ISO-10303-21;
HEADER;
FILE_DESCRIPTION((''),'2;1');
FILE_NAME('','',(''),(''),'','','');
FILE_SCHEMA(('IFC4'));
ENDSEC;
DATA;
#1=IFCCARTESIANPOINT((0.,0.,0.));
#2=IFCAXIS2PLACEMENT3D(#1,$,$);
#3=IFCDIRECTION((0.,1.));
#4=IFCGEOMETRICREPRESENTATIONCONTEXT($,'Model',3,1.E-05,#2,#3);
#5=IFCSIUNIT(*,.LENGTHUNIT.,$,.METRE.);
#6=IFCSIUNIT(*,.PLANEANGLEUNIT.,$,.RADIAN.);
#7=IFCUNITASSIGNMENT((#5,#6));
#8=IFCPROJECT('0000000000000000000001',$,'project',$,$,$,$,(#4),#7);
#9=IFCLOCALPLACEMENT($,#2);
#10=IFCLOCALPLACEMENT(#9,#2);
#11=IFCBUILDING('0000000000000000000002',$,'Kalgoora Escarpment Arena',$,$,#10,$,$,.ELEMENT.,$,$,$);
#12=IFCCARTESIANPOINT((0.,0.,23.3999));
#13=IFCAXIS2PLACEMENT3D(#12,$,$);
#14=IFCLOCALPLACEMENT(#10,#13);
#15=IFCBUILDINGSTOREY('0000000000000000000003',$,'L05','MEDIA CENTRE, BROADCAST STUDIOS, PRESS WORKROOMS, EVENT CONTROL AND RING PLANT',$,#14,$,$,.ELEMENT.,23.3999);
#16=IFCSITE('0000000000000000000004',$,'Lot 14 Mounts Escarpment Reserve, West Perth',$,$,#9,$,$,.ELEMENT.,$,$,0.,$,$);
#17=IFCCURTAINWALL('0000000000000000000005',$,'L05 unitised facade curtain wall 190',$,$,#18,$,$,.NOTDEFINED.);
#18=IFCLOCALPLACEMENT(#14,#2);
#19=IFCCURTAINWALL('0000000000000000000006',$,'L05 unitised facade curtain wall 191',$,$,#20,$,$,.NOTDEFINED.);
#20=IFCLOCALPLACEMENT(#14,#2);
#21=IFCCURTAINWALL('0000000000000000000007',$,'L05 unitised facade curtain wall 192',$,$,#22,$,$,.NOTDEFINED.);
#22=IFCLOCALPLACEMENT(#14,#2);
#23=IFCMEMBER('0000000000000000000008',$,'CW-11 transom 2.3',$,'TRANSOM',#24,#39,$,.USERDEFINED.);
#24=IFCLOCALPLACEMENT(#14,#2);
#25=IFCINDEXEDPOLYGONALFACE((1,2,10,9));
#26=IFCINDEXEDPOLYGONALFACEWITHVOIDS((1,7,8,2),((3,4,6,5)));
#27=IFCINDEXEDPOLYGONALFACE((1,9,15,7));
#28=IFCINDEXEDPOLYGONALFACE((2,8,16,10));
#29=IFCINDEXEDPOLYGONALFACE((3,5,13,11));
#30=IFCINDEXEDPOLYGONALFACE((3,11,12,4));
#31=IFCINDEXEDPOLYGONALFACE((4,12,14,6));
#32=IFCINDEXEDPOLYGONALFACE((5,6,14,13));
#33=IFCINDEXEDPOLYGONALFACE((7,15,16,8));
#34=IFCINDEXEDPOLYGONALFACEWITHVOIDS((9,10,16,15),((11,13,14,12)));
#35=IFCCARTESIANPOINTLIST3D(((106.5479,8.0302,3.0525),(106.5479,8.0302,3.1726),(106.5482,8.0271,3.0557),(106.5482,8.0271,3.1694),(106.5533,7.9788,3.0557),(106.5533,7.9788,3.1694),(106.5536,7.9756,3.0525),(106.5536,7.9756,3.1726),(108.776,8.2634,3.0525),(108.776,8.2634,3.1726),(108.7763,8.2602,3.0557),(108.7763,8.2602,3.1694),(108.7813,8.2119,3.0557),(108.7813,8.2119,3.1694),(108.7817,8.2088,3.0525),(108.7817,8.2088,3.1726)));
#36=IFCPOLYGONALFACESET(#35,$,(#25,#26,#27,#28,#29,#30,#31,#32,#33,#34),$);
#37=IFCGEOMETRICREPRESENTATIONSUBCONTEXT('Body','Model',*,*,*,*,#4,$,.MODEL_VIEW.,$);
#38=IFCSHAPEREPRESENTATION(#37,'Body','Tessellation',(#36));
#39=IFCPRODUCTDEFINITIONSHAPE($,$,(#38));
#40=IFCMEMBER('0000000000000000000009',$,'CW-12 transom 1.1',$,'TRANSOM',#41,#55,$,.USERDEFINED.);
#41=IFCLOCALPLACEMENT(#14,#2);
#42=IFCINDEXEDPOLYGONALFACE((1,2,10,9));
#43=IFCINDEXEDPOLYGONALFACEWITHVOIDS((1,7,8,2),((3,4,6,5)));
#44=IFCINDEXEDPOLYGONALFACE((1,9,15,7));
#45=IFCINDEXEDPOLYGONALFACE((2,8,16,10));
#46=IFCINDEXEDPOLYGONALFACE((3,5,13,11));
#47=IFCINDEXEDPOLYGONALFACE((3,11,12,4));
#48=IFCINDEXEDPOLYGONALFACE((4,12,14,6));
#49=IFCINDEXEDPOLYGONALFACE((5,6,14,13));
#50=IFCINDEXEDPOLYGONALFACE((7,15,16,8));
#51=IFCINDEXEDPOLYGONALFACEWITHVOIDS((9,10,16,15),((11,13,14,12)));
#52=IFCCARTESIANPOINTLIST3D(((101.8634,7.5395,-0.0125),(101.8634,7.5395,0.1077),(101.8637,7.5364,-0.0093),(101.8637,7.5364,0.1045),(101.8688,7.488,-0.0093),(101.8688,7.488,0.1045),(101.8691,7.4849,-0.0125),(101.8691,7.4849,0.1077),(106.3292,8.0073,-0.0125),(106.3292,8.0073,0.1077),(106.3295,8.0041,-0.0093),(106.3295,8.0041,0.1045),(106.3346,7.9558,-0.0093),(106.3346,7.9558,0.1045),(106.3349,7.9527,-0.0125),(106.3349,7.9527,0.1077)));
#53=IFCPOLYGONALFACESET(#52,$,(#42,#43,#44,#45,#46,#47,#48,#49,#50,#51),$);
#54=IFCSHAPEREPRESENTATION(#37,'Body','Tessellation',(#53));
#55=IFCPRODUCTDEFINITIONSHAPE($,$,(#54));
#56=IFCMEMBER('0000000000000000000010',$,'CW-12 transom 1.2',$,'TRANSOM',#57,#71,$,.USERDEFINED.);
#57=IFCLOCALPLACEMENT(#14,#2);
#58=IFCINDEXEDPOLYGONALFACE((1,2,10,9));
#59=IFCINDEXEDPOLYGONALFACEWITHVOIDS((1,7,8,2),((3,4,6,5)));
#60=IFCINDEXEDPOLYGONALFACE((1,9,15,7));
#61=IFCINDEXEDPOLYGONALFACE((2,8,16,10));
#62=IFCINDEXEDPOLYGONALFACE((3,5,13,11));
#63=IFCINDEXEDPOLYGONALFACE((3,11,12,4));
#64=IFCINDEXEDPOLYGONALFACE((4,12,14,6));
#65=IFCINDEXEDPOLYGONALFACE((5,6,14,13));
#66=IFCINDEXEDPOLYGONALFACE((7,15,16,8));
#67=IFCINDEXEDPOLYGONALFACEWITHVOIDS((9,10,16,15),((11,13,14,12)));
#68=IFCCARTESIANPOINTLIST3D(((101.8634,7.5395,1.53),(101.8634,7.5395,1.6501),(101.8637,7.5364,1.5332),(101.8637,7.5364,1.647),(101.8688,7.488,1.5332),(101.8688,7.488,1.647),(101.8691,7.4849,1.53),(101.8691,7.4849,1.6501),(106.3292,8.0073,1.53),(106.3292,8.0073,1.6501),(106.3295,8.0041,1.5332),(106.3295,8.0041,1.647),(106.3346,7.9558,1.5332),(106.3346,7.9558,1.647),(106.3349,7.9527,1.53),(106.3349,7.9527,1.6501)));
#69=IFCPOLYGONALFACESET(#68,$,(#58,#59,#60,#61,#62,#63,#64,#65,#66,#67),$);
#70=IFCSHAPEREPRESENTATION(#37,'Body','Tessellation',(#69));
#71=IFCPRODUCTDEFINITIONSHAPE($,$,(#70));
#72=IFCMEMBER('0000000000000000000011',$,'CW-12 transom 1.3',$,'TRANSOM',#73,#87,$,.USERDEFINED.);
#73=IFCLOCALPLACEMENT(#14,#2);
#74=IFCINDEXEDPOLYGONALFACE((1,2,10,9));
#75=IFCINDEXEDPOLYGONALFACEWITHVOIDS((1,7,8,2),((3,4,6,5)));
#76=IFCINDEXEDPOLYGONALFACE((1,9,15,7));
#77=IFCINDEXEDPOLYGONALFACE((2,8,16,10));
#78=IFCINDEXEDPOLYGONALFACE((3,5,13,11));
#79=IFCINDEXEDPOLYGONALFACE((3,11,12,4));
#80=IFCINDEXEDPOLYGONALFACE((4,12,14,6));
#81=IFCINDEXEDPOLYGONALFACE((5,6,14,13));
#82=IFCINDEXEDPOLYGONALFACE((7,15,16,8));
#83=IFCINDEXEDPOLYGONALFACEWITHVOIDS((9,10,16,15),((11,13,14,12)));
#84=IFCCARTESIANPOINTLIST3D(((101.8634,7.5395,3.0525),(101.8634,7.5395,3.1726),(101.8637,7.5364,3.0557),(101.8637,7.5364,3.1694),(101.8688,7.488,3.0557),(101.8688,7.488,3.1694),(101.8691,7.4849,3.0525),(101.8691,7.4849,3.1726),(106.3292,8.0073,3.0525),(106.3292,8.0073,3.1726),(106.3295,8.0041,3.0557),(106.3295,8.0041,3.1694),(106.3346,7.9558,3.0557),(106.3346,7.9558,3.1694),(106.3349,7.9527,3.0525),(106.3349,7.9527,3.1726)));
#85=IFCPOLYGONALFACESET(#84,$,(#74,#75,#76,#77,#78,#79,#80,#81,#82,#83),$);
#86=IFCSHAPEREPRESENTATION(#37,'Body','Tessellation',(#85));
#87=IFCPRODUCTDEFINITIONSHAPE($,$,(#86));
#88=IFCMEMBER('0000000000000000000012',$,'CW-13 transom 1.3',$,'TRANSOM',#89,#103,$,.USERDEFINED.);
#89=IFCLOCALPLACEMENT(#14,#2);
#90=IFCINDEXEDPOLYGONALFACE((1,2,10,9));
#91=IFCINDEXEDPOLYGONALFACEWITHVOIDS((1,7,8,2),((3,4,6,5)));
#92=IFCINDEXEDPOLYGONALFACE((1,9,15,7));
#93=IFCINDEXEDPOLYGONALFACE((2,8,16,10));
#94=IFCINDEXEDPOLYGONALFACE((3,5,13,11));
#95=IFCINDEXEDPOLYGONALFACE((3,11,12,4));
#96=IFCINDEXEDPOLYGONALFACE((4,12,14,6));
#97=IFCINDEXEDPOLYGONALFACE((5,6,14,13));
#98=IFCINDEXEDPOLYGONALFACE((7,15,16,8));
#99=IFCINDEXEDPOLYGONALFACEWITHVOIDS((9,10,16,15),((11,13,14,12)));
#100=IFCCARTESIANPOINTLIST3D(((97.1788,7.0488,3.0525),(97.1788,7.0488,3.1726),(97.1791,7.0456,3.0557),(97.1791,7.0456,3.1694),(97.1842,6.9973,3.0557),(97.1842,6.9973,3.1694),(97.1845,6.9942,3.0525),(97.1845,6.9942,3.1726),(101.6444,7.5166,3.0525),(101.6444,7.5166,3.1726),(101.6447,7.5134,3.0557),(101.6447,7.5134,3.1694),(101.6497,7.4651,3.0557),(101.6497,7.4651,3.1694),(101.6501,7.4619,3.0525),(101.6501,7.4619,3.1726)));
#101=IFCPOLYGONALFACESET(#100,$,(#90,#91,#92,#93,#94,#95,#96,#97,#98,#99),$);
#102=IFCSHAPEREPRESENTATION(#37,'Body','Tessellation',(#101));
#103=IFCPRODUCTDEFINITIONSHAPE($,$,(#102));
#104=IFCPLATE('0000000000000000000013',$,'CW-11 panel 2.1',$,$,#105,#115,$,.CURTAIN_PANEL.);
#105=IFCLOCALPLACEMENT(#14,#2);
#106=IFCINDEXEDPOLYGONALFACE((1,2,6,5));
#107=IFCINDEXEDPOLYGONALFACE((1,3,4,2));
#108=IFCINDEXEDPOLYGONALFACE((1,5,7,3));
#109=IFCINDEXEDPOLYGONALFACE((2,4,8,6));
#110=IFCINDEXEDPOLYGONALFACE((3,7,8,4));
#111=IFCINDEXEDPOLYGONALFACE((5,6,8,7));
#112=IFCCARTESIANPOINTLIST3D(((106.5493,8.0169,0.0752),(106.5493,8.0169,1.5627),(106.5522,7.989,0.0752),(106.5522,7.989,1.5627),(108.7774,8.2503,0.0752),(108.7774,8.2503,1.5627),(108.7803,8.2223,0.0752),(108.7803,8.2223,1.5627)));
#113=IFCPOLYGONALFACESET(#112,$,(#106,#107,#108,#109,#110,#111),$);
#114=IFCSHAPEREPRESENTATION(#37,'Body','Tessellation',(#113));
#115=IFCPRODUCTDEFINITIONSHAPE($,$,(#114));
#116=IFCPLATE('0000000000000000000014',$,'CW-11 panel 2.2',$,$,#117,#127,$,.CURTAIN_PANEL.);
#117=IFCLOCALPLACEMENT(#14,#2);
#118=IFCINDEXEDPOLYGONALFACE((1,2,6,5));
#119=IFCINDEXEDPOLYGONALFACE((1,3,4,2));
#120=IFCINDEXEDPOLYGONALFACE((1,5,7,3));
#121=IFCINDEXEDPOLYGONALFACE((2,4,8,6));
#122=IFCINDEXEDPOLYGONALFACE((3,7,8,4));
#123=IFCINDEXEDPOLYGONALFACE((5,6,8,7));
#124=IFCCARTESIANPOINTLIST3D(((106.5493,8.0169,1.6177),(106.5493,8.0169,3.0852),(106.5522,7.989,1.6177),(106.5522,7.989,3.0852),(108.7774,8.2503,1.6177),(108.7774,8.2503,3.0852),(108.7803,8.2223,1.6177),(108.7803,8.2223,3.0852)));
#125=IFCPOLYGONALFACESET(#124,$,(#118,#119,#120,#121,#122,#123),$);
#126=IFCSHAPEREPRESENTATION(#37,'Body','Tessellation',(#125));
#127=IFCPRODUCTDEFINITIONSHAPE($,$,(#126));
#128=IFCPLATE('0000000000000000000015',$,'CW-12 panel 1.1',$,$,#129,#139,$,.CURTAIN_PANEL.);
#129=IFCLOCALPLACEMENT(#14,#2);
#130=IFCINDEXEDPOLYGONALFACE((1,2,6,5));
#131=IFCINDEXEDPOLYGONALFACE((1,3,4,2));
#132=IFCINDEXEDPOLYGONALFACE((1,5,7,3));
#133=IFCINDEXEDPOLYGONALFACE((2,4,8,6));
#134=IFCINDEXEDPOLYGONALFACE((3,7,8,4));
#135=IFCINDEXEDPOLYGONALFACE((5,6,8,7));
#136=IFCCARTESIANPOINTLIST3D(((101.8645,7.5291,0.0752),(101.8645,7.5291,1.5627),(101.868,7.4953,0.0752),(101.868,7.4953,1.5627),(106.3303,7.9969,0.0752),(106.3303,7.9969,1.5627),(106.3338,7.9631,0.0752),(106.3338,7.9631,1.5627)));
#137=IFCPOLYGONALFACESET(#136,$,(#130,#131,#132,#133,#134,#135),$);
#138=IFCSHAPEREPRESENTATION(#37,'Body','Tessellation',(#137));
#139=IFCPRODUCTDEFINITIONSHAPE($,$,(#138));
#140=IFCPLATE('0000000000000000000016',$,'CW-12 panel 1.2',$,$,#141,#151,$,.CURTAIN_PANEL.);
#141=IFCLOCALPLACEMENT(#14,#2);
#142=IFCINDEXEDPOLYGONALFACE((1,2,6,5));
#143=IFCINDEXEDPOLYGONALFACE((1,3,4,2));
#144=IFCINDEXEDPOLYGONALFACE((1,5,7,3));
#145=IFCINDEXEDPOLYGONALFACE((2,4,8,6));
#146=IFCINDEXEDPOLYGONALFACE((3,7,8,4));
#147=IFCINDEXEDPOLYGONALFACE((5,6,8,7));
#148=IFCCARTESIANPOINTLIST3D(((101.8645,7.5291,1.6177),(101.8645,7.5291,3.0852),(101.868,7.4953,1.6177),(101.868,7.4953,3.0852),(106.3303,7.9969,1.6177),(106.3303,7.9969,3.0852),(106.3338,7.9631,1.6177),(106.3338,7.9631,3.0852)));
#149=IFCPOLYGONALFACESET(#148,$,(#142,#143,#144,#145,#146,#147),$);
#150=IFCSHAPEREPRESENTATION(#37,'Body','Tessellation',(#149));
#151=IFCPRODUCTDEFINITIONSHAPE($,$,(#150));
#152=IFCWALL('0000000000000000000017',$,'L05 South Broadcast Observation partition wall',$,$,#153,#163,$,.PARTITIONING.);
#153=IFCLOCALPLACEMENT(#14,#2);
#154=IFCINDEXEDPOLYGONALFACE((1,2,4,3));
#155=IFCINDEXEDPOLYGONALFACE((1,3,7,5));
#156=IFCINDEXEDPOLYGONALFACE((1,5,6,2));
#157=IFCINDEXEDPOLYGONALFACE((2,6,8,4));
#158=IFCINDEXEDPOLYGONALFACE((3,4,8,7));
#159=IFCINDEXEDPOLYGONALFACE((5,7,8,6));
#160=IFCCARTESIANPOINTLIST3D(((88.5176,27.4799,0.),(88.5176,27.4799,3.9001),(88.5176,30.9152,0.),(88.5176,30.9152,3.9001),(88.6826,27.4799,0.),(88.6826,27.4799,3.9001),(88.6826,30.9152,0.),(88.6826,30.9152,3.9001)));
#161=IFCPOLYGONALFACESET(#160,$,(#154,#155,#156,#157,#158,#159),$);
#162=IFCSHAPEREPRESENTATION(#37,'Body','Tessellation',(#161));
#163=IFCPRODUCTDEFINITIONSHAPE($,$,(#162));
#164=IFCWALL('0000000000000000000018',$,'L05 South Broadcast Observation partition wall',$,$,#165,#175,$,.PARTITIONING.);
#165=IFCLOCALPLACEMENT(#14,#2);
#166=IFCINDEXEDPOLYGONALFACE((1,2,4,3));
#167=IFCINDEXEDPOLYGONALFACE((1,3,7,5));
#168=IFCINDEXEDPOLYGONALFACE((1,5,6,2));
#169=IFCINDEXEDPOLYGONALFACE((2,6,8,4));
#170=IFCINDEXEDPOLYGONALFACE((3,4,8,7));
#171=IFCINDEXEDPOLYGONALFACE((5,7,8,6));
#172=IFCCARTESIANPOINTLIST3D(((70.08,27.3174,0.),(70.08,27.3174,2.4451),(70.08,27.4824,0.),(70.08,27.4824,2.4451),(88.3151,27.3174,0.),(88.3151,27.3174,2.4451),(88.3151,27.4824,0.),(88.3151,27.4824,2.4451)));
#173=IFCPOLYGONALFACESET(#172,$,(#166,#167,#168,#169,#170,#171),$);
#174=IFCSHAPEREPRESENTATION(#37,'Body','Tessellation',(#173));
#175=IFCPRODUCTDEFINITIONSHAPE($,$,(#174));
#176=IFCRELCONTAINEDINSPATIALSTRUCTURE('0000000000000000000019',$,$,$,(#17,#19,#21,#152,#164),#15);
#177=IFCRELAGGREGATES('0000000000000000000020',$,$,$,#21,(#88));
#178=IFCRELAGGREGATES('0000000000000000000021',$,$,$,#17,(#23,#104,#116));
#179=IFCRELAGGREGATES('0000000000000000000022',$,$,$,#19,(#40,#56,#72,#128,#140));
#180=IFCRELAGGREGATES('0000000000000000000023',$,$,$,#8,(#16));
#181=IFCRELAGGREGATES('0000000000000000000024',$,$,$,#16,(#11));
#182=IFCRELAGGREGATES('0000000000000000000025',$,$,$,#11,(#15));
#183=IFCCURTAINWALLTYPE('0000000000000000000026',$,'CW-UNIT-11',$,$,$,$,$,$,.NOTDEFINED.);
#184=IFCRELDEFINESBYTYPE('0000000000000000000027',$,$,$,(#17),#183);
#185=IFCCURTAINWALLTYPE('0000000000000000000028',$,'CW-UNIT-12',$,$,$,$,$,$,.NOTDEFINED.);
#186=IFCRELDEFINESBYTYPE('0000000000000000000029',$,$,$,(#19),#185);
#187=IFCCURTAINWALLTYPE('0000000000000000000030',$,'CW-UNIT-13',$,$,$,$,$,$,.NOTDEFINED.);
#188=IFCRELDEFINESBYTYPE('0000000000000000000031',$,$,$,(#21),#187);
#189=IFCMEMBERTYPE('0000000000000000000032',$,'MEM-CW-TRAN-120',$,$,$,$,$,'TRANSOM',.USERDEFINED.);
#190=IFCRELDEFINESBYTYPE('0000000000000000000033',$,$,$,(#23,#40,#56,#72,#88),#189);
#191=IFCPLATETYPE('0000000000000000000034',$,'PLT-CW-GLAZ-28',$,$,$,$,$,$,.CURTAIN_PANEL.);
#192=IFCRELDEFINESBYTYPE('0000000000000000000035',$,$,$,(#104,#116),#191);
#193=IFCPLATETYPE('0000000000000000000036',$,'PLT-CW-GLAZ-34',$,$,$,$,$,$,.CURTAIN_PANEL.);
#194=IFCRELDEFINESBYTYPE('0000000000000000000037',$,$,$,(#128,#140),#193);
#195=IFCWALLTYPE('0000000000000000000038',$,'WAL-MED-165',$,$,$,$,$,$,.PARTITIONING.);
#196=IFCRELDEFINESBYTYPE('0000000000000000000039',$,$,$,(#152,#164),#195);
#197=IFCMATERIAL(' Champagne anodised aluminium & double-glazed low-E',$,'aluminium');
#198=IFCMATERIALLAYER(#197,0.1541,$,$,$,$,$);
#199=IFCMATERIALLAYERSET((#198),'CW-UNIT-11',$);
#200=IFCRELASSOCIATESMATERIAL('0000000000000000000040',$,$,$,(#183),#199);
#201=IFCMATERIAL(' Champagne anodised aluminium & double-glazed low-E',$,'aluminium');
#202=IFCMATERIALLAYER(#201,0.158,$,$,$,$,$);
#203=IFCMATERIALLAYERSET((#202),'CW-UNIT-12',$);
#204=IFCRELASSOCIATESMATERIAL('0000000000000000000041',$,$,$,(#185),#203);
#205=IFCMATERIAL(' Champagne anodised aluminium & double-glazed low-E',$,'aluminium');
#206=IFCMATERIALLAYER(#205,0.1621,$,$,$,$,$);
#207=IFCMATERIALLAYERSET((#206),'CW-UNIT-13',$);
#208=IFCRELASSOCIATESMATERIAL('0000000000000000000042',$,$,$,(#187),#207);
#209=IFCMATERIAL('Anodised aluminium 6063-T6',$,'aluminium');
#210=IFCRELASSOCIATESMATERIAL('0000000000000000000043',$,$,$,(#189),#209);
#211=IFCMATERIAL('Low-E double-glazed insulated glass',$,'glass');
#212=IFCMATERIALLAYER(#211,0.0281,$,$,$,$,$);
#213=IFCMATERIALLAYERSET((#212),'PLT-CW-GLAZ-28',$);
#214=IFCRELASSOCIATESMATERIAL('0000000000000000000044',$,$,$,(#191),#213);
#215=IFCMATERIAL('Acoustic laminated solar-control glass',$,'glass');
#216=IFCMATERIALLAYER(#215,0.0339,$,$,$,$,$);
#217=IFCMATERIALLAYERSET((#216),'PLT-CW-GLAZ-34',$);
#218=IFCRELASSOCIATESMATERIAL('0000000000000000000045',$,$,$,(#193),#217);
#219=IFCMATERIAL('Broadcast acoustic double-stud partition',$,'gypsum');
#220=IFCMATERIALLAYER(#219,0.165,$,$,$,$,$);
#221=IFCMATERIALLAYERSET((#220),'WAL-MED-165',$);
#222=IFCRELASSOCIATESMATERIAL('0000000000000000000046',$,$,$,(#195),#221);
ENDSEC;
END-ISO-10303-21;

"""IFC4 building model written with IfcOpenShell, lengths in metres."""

from ifc_helpers import new_model, si_unit, direction, frame, frame_2d, origin, origin_2d, place, context, subcontext, project, spatial, rectangle, hollow_rectangle, extrude, material, layer, layer_set, material_profile, profile_set, type_object, element, aggregate, save


model = new_model("IFC4")

# Units and contexts
model_context = context("Model", 3, precision=1e-05, world=origin(), true_north=direction((0.0, 1.0)))
body_context = subcontext(model_context, "Body", "Model", "MODEL_VIEW")
ifc_project = project(units=[si_unit("LENGTHUNIT", "METRE"), si_unit("PLANEANGLEUNIT", "RADIAN")], contexts=[model_context])

# Site, building, storey
site_placement = place(None, origin())
site = spatial("IfcSite", under=ifc_project, at=site_placement, Name="Lot 14 Mounts Escarpment Reserve, West Perth", CompositionType="ELEMENT", RefElevation=0.0)
building_placement = place(site_placement, origin())
building = spatial("IfcBuilding", under=site, at=building_placement, Name="Kalgoora Escarpment Arena", CompositionType="ELEMENT")
storey_placement = place(building_placement, frame((0.0, 0.0, 23.3999)))
storey = spatial("IfcBuildingStorey", under=building, at=storey_placement, Name="L05", Description="MEDIA CENTRE, BROADCAST STUDIOS, PRESS WORKROOMS, EVENT CONTROL AND RING PLANT", CompositionType="ELEMENT", Elevation=23.3999)

# Curtain walls
ifc_material_1 = material(Name=" Champagne anodised aluminium & double-glazed low-E", Category="aluminium")
ifc_layer_1 = layer(ifc_material_1, 0.1541)
ifc_layer_set_1 = layer_set([ifc_layer_1], Name="CW-UNIT-11")
curtain_wall_type_1 = type_object("IfcCurtainWallType", Name="CW-UNIT-11", PredefinedType="NOTDEFINED", material=ifc_layer_set_1)
curtain_wall_1_placement = place(storey_placement, origin())
curtain_wall_1 = element("IfcCurtainWall", 1, at=curtain_wall_1_placement, inside=storey, type_object=curtain_wall_type_1, Name="L05 unitised facade curtain wall 190", PredefinedType="NOTDEFINED")
ifc_material_2 = material(Name=" Champagne anodised aluminium & double-glazed low-E", Category="aluminium")
ifc_layer_2 = layer(ifc_material_2, 0.158)
ifc_layer_set_2 = layer_set([ifc_layer_2], Name="CW-UNIT-12")
curtain_wall_type_2 = type_object("IfcCurtainWallType", Name="CW-UNIT-12", PredefinedType="NOTDEFINED", material=ifc_layer_set_2)
curtain_wall_2_placement = place(storey_placement, origin())
curtain_wall_2 = element("IfcCurtainWall", 2, at=curtain_wall_2_placement, inside=storey, type_object=curtain_wall_type_2, Name="L05 unitised facade curtain wall 191", PredefinedType="NOTDEFINED")

# Curtain wall
ifc_material_3 = material(Name=" Champagne anodised aluminium & double-glazed low-E", Category="aluminium")
ifc_layer_3 = layer(ifc_material_3, 0.1621)
ifc_layer_set_3 = layer_set([ifc_layer_3], Name="CW-UNIT-13")
curtain_wall_type_3 = type_object("IfcCurtainWallType", Name="CW-UNIT-13", PredefinedType="NOTDEFINED", material=ifc_layer_set_3)
curtain_wall_3_placement = place(storey_placement, origin())
curtain_wall_3 = element("IfcCurtainWall", 3, at=curtain_wall_3_placement, inside=storey, type_object=curtain_wall_type_3, Name="L05 unitised facade curtain wall 192", PredefinedType="NOTDEFINED")

# Members
ifc_material_4 = material(Name="Anodised aluminium 6063-T6", Category="aluminium")
ifc_material_profile_1 = material_profile(ifc_material_4, hollow_rectangle(XDim=0.0549, YDim=0.1201, WallThickness=0.0032, at=origin_2d()))
ifc_profile_set_1 = profile_set([ifc_material_profile_1], Name="Anodised aluminium 6063-T6")
member_type_1 = type_object("IfcMemberType", Name="MEM-CW-TRAN-120", ElementType="TRANSOM", PredefinedType="USERDEFINED", material=ifc_profile_set_1)
member_1_placement = place(storey_placement, frame((108.7788, 8.2361, 3.1125), z_axis=(-0.994569, -0.104078, 0.0), x_axis=(0.104078, -0.994569, 0.0)))
member_1 = element("IfcMember", 4, at=member_1_placement, type_object=member_type_1, Name="CW-11 transom 2.3", ObjectType="TRANSOM", PredefinedType="USERDEFINED", context=body_context, shape_type="SweptSolid", body=[
    extrude(hollow_rectangle(XDim=0.0549, YDim=0.1201, WallThickness=0.0032, at=origin_2d()), origin(), (0.0, 0.0, 1.0), 2.2402),
])
member_2_placement = place(storey_placement, frame((106.332, 7.98, 0.0476), z_axis=(-0.994559, -0.104175, 0.0), x_axis=(0.104175, -0.994559, 0.0)))
member_2 = element("IfcMember", 5, at=member_2_placement, type_object=member_type_1, Name="CW-12 transom 1.1", ObjectType="TRANSOM", PredefinedType="USERDEFINED", context=body_context, shape_type="SweptSolid", body=[
    extrude(hollow_rectangle(XDim=0.0549, YDim=0.1201, WallThickness=0.0032, at=origin_2d()), origin(), (0.0, 0.0, 1.0), 4.4902),
])
member_3_placement = place(storey_placement, frame((106.332, 7.98, 1.5901), z_axis=(-0.994559, -0.104175, 0.0), x_axis=(0.104175, -0.994559, 0.0)))
member_3 = element("IfcMember", 6, at=member_3_placement, type_object=member_type_1, Name="CW-12 transom 1.2", ObjectType="TRANSOM", PredefinedType="USERDEFINED", context=body_context, shape_type="SweptSolid", body=[
    extrude(hollow_rectangle(XDim=0.0549, YDim=0.1201, WallThickness=0.0032, at=origin_2d()), origin(), (0.0, 0.0, 1.0), 4.4902),
])
member_4_placement = place(storey_placement, frame((106.332, 7.98, 3.1125), z_axis=(-0.994559, -0.104175, 0.0), x_axis=(0.104175, -0.994559, 0.0)))
member_4 = element("IfcMember", 7, at=member_4_placement, type_object=member_type_1, Name="CW-12 transom 1.3", ObjectType="TRANSOM", PredefinedType="USERDEFINED", context=body_context, shape_type="SweptSolid", body=[
    extrude(hollow_rectangle(XDim=0.0549, YDim=0.1201, WallThickness=0.0032, at=origin_2d()), origin(), (0.0, 0.0, 1.0), 4.4902),
])
member_5_placement = place(storey_placement, frame((101.6472, 7.4893, 3.1125), z_axis=(-0.994558, -0.104181, 0.0), x_axis=(0.104181, -0.994558, 0.0)))
member_5 = element("IfcMember", 8, at=member_5_placement, type_object=member_type_1, Name="CW-13 transom 1.3", ObjectType="TRANSOM", PredefinedType="USERDEFINED", context=body_context, shape_type="SweptSolid", body=[
    extrude(hollow_rectangle(XDim=0.0549, YDim=0.1201, WallThickness=0.0032, at=origin_2d()), origin(), (0.0, 0.0, 1.0), 4.49),
])
aggregate(curtain_wall_3, [member_5])

# Plates
ifc_material_5 = material(Name="Low-E double-glazed insulated glass", Category="glass")
ifc_layer_4 = layer(ifc_material_5, 0.0281)
ifc_layer_set_4 = layer_set([ifc_layer_4], Name="PLT-CW-GLAZ-28")
plate_type_1 = type_object("IfcPlateType", Name="PLT-CW-GLAZ-28", PredefinedType="CURTAIN_PANEL", material=ifc_layer_set_4)
plate_1_placement = place(storey_placement, frame((107.6648, 8.1196, 0.0752), z_axis=(0.0, 0.0, 1.0), x_axis=(-0.994561, -0.104158, 0.0)))
plate_1 = element("IfcPlate", 9, at=plate_1_placement, type_object=plate_type_1, Name="CW-11 panel 2.1", PredefinedType="CURTAIN_PANEL", context=body_context, shape_type="SweptSolid", body=[
    extrude(rectangle(XDim=2.2402, YDim=0.0281, at=origin_2d()), origin(), (0.0, 0.0, 1.0), 1.4875),
])
plate_2_placement = place(storey_placement, frame((107.6648, 8.1196, 1.6177), z_axis=(0.0, 0.0, 1.0), x_axis=(-0.994561, -0.104158, 0.0)))
plate_2 = element("IfcPlate", 10, at=plate_2_placement, type_object=plate_type_1, Name="CW-11 panel 2.2", PredefinedType="CURTAIN_PANEL", context=body_context, shape_type="SweptSolid", body=[
    extrude(rectangle(XDim=2.2402, YDim=0.0281, at=origin_2d()), origin(), (0.0, 0.0, 1.0), 1.4675),
])
aggregate(curtain_wall_1, [member_1, plate_1, plate_2])
ifc_material_6 = material(Name="Acoustic laminated solar-control glass", Category="glass")
ifc_layer_5 = layer(ifc_material_6, 0.0339)
ifc_layer_set_5 = layer_set([ifc_layer_5], Name="PLT-CW-GLAZ-34")
plate_type_2 = type_object("IfcPlateType", Name="PLT-CW-GLAZ-34", PredefinedType="CURTAIN_PANEL", material=ifc_layer_set_5)
plate_3_placement = place(storey_placement, frame((104.0991, 7.7461, 0.0752), z_axis=(0.0, 0.0, 1.0), x_axis=(-0.994558, -0.104182, 0.0)))
plate_3 = element("IfcPlate", 11, at=plate_3_placement, type_object=plate_type_2, Name="CW-12 panel 1.1", PredefinedType="CURTAIN_PANEL", context=body_context, shape_type="SweptSolid", body=[
    extrude(rectangle(XDim=4.4902, YDim=0.0339, at=origin_2d()), origin(), (0.0, 0.0, 1.0), 1.4875),
])
plate_4_placement = place(storey_placement, frame((104.0991, 7.7461, 1.6177), z_axis=(0.0, 0.0, 1.0), x_axis=(-0.994558, -0.104182, 0.0)))
plate_4 = element("IfcPlate", 12, at=plate_4_placement, type_object=plate_type_2, Name="CW-12 panel 1.2", PredefinedType="CURTAIN_PANEL", context=body_context, shape_type="SweptSolid", body=[
    extrude(rectangle(XDim=4.4902, YDim=0.0339, at=origin_2d()), origin(), (0.0, 0.0, 1.0), 1.4675),
])
aggregate(curtain_wall_2, [member_2, member_3, member_4, plate_3, plate_4])

# Walls
ifc_material_7 = material(Name="Broadcast acoustic double-stud partition", Category="gypsum")
ifc_layer_6 = layer(ifc_material_7, 0.165)
ifc_layer_set_6 = layer_set([ifc_layer_6], Name="WAL-MED-165")
wall_type_1 = type_object("IfcWallType", Name="WAL-MED-165", PredefinedType="PARTITIONING", material=ifc_layer_set_6)
wall_1_placement = place(storey_placement, frame((88.6001, 30.9153, 0.0), z_axis=(0.0, 0.0, 1.0), x_axis=(0.0, -1.0, 0.0)))
element("IfcWall", 13, at=wall_1_placement, inside=storey, type_object=wall_type_1, Name="L05 South Broadcast Observation partition wall", PredefinedType="PARTITIONING", context=body_context, shape_type="SweptSolid", body=[
    extrude(rectangle(XDim=3.4353, YDim=0.165, at=frame_2d((1.7178, 0.0))), origin(), (0.0, 0.0, 1.0), 3.9001),
])
wall_2_placement = place(storey_placement, frame((88.3152, 27.3999, 0.0), z_axis=(0.0, 0.0, 1.0), x_axis=(-1.0, 0.0, 0.0)))
element("IfcWall", 14, at=wall_2_placement, inside=storey, type_object=wall_type_1, Name="L05 South Broadcast Observation partition wall", PredefinedType="PARTITIONING", context=body_context, shape_type="SweptSolid", body=[
    extrude(rectangle(XDim=18.2351, YDim=0.165, at=frame_2d((9.1177, 0.0))), origin(), (0.0, 0.0, 1.0), 2.4451),
])

save(model, "model.ifc")
